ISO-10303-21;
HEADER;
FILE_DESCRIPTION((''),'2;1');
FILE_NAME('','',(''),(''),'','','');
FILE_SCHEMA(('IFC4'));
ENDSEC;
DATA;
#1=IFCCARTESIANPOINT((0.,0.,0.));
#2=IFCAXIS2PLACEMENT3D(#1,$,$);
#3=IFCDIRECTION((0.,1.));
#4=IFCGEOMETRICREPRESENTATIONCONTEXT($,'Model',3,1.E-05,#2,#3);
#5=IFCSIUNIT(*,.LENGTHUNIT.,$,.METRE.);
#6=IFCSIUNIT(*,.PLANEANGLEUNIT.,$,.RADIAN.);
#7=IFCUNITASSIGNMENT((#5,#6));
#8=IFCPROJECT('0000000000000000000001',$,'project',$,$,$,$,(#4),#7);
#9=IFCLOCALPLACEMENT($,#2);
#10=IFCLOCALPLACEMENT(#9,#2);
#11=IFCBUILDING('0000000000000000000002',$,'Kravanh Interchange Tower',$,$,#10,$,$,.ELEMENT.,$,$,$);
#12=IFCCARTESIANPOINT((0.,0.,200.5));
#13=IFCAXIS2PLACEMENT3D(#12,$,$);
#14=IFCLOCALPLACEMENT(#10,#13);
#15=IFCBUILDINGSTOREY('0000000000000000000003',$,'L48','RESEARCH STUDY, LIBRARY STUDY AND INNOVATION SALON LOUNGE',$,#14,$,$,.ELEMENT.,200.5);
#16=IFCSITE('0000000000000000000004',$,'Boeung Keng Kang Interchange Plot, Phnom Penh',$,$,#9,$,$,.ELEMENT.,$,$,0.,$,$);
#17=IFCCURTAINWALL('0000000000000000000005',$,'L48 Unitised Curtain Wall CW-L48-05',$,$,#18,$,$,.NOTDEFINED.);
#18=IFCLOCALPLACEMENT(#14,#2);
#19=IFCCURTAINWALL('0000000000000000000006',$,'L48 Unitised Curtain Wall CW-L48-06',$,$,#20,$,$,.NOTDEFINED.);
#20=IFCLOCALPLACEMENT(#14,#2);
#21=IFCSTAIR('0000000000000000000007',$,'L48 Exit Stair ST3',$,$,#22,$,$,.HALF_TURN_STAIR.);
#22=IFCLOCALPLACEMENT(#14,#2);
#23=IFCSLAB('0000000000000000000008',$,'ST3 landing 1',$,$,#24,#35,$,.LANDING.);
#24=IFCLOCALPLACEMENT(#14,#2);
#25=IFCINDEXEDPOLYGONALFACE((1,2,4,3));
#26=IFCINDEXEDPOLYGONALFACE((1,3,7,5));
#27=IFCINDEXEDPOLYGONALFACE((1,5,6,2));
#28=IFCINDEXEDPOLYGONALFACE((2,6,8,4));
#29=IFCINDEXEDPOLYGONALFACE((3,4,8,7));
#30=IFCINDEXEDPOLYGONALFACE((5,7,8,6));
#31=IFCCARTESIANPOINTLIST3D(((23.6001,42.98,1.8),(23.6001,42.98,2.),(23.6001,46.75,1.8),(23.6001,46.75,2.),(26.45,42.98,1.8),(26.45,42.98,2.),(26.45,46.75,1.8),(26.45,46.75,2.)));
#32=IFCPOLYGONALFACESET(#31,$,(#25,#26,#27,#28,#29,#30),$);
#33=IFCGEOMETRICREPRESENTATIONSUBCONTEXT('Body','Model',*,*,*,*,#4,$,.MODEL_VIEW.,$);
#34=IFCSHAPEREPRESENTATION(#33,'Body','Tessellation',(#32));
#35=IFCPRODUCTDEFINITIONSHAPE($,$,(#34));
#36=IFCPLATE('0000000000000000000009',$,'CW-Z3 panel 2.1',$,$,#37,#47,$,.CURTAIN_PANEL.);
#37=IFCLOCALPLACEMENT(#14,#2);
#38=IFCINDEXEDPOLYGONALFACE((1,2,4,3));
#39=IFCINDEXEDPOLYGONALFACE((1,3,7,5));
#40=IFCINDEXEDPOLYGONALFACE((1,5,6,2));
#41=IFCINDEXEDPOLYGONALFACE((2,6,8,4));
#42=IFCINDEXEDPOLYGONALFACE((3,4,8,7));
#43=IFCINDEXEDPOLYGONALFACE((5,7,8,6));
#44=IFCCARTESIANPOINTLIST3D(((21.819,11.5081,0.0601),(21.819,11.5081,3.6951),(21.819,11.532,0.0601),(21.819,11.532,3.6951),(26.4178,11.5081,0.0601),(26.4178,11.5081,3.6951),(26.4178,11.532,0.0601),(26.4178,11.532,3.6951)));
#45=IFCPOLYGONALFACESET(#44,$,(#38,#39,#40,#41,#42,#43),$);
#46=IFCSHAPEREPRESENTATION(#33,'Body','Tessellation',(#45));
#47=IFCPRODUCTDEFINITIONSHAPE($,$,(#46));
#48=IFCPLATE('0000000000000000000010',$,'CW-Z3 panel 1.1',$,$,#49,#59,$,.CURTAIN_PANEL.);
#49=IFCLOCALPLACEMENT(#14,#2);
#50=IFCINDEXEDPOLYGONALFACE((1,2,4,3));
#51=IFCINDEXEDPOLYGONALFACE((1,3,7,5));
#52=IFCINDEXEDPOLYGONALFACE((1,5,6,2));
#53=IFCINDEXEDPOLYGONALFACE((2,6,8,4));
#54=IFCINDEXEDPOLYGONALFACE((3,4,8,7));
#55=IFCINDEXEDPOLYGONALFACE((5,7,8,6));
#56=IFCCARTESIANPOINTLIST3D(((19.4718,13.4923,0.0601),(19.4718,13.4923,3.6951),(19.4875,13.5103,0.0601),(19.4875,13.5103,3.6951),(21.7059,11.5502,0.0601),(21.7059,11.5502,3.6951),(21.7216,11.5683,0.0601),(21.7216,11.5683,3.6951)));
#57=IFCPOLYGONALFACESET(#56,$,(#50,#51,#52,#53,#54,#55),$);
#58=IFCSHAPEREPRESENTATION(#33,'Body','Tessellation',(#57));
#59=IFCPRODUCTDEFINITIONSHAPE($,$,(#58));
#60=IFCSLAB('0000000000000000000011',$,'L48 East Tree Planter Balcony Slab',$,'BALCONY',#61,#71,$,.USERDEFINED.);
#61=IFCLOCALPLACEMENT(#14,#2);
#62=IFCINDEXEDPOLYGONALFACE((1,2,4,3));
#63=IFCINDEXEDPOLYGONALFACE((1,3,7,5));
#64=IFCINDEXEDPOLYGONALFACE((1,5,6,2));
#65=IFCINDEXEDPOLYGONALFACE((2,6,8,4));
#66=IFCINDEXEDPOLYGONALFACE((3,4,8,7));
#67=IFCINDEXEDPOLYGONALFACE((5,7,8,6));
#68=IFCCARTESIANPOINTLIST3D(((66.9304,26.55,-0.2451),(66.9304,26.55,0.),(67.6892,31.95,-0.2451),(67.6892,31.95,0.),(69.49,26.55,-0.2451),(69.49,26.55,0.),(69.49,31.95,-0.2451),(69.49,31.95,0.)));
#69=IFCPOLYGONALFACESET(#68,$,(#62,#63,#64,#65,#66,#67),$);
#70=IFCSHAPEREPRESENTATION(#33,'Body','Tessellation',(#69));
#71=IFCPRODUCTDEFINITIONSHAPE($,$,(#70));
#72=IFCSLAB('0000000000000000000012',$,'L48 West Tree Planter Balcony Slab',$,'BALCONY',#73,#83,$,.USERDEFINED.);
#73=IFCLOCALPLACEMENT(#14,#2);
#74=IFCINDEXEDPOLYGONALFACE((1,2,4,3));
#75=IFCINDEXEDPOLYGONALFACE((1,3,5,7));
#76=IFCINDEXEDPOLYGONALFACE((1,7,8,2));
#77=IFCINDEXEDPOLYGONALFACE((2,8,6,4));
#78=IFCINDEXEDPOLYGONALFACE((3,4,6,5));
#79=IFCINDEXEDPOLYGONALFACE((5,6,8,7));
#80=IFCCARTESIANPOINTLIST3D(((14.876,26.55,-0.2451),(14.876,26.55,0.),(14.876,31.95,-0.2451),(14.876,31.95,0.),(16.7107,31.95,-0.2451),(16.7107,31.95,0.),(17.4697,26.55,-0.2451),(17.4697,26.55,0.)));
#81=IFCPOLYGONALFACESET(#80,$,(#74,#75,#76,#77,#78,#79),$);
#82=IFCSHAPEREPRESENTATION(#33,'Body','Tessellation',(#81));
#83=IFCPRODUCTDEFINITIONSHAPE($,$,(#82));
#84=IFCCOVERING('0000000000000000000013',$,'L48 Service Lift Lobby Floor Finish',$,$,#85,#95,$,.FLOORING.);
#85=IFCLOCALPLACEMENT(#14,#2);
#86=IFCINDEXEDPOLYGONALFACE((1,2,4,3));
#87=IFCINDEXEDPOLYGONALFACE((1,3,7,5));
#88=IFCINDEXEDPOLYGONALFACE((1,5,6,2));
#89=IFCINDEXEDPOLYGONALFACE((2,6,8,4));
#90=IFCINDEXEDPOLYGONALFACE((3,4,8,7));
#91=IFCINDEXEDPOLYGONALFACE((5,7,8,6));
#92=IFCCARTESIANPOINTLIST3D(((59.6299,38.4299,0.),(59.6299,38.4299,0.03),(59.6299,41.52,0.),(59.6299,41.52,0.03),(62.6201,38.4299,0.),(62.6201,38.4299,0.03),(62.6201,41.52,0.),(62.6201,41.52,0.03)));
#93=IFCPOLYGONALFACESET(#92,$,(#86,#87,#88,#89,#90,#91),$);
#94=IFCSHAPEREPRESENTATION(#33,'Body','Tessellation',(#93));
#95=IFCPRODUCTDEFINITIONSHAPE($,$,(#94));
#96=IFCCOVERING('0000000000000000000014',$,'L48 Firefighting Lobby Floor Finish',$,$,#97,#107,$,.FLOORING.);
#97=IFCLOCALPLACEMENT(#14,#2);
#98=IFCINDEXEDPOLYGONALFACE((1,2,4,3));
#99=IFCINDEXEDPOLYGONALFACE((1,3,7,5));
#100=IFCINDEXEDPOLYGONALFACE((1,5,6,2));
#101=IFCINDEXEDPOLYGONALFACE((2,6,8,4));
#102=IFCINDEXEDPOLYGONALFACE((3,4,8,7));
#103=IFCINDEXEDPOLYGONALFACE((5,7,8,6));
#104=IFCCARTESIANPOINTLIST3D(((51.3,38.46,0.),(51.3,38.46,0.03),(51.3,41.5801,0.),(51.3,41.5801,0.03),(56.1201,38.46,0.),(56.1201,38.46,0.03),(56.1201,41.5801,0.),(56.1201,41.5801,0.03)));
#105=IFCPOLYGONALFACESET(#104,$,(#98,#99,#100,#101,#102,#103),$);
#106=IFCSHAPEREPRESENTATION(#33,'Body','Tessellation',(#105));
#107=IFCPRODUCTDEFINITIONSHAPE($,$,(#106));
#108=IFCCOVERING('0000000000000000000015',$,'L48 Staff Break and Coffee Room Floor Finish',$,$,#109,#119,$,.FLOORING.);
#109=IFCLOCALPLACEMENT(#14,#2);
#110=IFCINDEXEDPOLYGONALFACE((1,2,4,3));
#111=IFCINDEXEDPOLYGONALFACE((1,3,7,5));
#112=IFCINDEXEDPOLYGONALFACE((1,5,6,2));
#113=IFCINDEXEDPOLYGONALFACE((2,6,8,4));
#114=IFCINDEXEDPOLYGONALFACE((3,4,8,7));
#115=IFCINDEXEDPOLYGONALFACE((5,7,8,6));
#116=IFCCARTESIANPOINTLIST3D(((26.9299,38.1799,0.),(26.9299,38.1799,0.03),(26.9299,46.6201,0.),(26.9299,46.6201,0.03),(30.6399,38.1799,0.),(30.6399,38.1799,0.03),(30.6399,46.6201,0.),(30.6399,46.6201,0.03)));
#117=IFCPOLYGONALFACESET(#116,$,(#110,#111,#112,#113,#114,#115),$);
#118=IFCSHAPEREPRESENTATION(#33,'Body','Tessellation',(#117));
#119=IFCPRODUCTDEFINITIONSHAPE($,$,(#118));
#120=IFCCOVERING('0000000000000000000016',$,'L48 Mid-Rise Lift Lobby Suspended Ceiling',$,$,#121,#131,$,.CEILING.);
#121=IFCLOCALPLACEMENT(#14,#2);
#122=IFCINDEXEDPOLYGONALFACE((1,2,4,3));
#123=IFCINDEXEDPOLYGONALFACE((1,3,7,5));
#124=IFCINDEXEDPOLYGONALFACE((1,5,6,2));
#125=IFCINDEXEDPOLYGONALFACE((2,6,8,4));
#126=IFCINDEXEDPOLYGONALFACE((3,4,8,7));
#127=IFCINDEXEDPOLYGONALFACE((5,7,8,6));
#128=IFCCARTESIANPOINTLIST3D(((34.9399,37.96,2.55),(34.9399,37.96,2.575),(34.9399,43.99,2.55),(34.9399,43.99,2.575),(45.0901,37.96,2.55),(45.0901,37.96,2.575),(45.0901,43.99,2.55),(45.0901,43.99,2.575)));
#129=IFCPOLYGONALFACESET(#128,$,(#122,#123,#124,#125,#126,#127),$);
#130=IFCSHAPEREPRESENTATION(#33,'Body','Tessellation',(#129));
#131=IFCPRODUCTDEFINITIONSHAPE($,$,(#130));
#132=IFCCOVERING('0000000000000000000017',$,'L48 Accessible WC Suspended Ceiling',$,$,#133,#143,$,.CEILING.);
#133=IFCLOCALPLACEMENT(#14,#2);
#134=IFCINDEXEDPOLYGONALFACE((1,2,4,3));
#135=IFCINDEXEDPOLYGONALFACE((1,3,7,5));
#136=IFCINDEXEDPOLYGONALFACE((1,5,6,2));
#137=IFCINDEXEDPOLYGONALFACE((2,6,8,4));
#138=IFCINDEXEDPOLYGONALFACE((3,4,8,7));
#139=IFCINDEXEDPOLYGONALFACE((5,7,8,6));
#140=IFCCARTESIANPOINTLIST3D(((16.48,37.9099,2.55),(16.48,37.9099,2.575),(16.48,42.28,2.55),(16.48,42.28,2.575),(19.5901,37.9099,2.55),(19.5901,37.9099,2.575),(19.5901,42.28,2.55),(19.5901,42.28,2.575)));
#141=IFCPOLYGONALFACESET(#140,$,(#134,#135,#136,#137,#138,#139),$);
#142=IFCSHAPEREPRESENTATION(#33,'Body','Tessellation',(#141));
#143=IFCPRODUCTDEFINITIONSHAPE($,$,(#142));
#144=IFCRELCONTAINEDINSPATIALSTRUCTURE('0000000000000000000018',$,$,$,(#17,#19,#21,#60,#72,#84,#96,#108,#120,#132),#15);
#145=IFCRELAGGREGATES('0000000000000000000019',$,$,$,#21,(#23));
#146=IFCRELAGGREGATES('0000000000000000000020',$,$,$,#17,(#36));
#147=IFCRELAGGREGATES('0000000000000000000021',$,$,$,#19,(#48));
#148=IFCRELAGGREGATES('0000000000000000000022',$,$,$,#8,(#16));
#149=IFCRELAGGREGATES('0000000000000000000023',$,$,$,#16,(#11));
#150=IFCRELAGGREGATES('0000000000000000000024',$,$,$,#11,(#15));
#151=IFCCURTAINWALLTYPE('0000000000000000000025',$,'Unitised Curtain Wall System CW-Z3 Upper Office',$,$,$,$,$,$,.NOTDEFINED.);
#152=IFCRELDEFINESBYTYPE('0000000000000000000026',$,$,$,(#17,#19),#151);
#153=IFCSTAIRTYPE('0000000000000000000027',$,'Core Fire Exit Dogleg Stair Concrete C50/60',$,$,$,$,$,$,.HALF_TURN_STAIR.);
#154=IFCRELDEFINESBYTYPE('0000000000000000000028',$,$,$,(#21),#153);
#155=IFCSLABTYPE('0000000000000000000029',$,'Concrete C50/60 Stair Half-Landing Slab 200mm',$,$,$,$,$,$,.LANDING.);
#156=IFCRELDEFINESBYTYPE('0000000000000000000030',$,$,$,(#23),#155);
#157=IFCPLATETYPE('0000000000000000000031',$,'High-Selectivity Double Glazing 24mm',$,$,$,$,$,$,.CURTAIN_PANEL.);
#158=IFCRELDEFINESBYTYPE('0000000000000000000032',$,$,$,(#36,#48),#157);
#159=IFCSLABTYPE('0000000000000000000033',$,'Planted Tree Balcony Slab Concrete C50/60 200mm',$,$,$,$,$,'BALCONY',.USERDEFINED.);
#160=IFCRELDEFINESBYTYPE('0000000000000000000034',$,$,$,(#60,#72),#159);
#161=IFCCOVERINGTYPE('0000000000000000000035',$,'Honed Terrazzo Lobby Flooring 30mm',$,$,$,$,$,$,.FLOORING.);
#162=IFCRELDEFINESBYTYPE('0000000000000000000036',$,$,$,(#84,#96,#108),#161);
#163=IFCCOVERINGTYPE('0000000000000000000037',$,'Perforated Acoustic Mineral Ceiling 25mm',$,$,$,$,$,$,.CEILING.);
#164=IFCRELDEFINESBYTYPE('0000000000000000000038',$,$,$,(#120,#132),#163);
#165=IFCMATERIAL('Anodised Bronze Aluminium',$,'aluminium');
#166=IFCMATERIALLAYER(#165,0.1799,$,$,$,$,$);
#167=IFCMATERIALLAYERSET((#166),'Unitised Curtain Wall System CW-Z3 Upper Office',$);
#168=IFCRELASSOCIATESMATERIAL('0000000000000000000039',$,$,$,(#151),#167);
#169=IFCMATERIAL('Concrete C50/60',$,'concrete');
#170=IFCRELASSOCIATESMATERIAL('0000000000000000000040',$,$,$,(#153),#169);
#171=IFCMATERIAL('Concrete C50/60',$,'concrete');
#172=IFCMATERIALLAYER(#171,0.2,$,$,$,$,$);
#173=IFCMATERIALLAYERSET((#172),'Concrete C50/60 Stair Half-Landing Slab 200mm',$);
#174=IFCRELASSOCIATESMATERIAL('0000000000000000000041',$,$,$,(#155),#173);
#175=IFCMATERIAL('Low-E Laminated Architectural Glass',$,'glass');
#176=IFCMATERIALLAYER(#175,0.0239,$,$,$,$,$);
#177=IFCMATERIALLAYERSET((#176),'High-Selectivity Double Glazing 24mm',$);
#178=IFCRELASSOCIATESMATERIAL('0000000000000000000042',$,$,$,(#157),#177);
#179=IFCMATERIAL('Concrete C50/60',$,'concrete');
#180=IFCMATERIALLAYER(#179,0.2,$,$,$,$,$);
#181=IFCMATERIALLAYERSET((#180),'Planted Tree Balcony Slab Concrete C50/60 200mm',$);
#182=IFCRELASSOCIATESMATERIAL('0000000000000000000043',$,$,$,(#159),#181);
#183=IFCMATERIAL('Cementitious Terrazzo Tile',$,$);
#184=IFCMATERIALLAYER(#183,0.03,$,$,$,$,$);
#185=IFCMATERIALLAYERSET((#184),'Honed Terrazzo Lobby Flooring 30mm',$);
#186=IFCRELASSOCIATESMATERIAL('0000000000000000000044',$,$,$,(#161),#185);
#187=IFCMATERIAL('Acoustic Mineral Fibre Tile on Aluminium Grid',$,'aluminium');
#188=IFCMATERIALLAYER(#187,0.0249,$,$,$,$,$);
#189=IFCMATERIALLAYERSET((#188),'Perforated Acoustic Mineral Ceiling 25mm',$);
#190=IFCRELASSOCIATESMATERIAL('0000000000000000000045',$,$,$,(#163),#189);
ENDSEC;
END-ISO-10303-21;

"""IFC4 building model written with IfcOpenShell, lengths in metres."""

from ifc_helpers import new_model, si_unit, direction, frame, origin, origin_2d, place, context, subcontext, project, spatial, polyline, rectangle, outline, extrude, material, layer, layer_set, type_object, element, aggregate, save


model = new_model("IFC4")

# Units and contexts
model_context = context("Model", 3, precision=1e-05, world=origin(), true_north=direction((0.0, 1.0)))
body_context = subcontext(model_context, "Body", "Model", "MODEL_VIEW")
ifc_project = project(units=[si_unit("LENGTHUNIT", "METRE"), si_unit("PLANEANGLEUNIT", "RADIAN")], contexts=[model_context])

# Site, building, storey
site_placement = place(None, origin())
site = spatial("IfcSite", under=ifc_project, at=site_placement, Name="Boeung Keng Kang Interchange Plot, Phnom Penh", CompositionType="ELEMENT", RefElevation=0.0)
building_placement = place(site_placement, origin())
building = spatial("IfcBuilding", under=site, at=building_placement, Name="Kravanh Interchange Tower", CompositionType="ELEMENT")
storey_placement = place(building_placement, frame((0.0, 0.0, 200.5)))
storey = spatial("IfcBuildingStorey", under=building, at=storey_placement, Name="L48", Description="RESEARCH STUDY, LIBRARY STUDY AND INNOVATION SALON LOUNGE", CompositionType="ELEMENT", Elevation=200.5)

# Curtain walls
ifc_material_1 = material(Name="Anodised Bronze Aluminium", Category="aluminium")
ifc_layer_1 = layer(ifc_material_1, 0.1799)
ifc_layer_set_1 = layer_set([ifc_layer_1], Name="Unitised Curtain Wall System CW-Z3 Upper Office")
curtain_wall_type = type_object("IfcCurtainWallType", Name="Unitised Curtain Wall System CW-Z3 Upper Office", PredefinedType="NOTDEFINED", material=ifc_layer_set_1)
curtain_wall_1_placement = place(storey_placement, origin())
curtain_wall_1 = element("IfcCurtainWall", 1, at=curtain_wall_1_placement, inside=storey, type_object=curtain_wall_type, Name="L48 Unitised Curtain Wall CW-L48-05", PredefinedType="NOTDEFINED")
curtain_wall_2_placement = place(storey_placement, origin())
curtain_wall_2 = element("IfcCurtainWall", 2, at=curtain_wall_2_placement, inside=storey, type_object=curtain_wall_type, Name="L48 Unitised Curtain Wall CW-L48-06", PredefinedType="NOTDEFINED")

# Stair, slab
ifc_material_2 = material(Name="Concrete C50/60", Category="concrete")
stair_type = type_object("IfcStairType", Name="Core Fire Exit Dogleg Stair Concrete C50/60", PredefinedType="HALF_TURN_STAIR", material=ifc_material_2)
ifc_material_3 = material(Name="Concrete C50/60", Category="concrete")
ifc_layer_2 = layer(ifc_material_3, 0.2)
ifc_layer_set_2 = layer_set([ifc_layer_2], Name="Concrete C50/60 Stair Half-Landing Slab 200mm")
slab_type_1 = type_object("IfcSlabType", Name="Concrete C50/60 Stair Half-Landing Slab 200mm", PredefinedType="LANDING", material=ifc_layer_set_2)
stair_1_placement = place(storey_placement, origin())
stair_1 = element("IfcStair", 3, at=stair_1_placement, inside=storey, type_object=stair_type, Name="L48 Exit Stair ST3", PredefinedType="HALF_TURN_STAIR")
slab_1_placement = place(storey_placement, frame((0.0, 0.0, 1.8)))
slab_1 = element("IfcSlab", 4, at=slab_1_placement, type_object=slab_type_1, Name="ST3 landing 1", PredefinedType="LANDING", context=body_context, shape_type="SweptSolid", body=[
    extrude(outline(polyline([(26.45, 42.98), (26.45, 46.75), (23.6001, 46.75), (23.6001, 42.98), (26.45, 42.98)])), origin(), (0.0, 0.0, 1.0), 0.2),
])
aggregate(stair_1, [slab_1])

# Plates
ifc_material_4 = material(Name="Low-E Laminated Architectural Glass", Category="glass")
ifc_layer_3 = layer(ifc_material_4, 0.0239)
ifc_layer_set_3 = layer_set([ifc_layer_3], Name="High-Selectivity Double Glazing 24mm")
plate_type = type_object("IfcPlateType", Name="High-Selectivity Double Glazing 24mm", PredefinedType="CURTAIN_PANEL", material=ifc_layer_set_3)
plate_1_placement = place(storey_placement, frame((24.1184, 11.52, 0.0601), z_axis=(0.0, 0.0, 1.0), x_axis=(-1.0, 0.0, 0.0)))
plate_1 = element("IfcPlate", 5, at=plate_1_placement, type_object=plate_type, Name="CW-Z3 panel 2.1", PredefinedType="CURTAIN_PANEL", context=body_context, shape_type="SweptSolid", body=[
    extrude(rectangle(XDim=4.5989, YDim=0.0239, at=origin_2d()), origin(), (0.0, 0.0, 1.0), 3.635),
])
aggregate(curtain_wall_1, [plate_1])
plate_2_placement = place(storey_placement, frame((20.5967, 12.5303, 0.0601), z_axis=(0.0, 0.0, 1.0), x_axis=(-0.754717, 0.656051, 0.0)))
plate_2 = element("IfcPlate", 6, at=plate_2_placement, type_object=plate_type, Name="CW-Z3 panel 1.1", PredefinedType="CURTAIN_PANEL", context=body_context, shape_type="SweptSolid", body=[
    extrude(rectangle(XDim=2.9602, YDim=0.0239, at=origin_2d()), origin(), (0.0, 0.0, 1.0), 3.635),
])
aggregate(curtain_wall_2, [plate_2])

# Slabs
ifc_material_5 = material(Name="Concrete C50/60", Category="concrete")
ifc_layer_4 = layer(ifc_material_5, 0.2)
ifc_layer_set_4 = layer_set([ifc_layer_4], Name="Planted Tree Balcony Slab Concrete C50/60 200mm")
slab_type_2 = type_object("IfcSlabType", Name="Planted Tree Balcony Slab Concrete C50/60 200mm", ElementType="BALCONY", PredefinedType="USERDEFINED", material=ifc_layer_set_4)
slab_2_placement = place(storey_placement, frame((0.0, 0.0, -0.2451)))
element("IfcSlab", 7, at=slab_2_placement, inside=storey, type_object=slab_type_2, Name="L48 East Tree Planter Balcony Slab", ObjectType="BALCONY", PredefinedType="USERDEFINED", context=body_context, shape_type="SweptSolid", body=[
    extrude(outline(polyline([(69.49, 31.95), (69.49, 26.55), (66.9304, 26.55), (67.6892, 31.95), (69.49, 31.95)])), origin(), (0.0, 0.0, 1.0), 0.2451),
])
slab_3_placement = place(storey_placement, frame((0.0, 0.0, -0.2451)))
element("IfcSlab", 8, at=slab_3_placement, inside=storey, type_object=slab_type_2, Name="L48 West Tree Planter Balcony Slab", ObjectType="BALCONY", PredefinedType="USERDEFINED", context=body_context, shape_type="SweptSolid", body=[
    extrude(outline(polyline([(14.876, 26.55), (14.876, 31.95), (16.7107, 31.95), (17.4697, 26.55), (14.876, 26.55)])), origin(), (0.0, 0.0, 1.0), 0.2451),
])

# Coverings
ifc_material_6 = material(Name="Cementitious Terrazzo Tile")
ifc_layer_5 = layer(ifc_material_6, 0.03)
ifc_layer_set_5 = layer_set([ifc_layer_5], Name="Honed Terrazzo Lobby Flooring 30mm")
covering_type_1 = type_object("IfcCoveringType", Name="Honed Terrazzo Lobby Flooring 30mm", PredefinedType="FLOORING", material=ifc_layer_set_5)
covering_1_placement = place(storey_placement, origin())
element("IfcCovering", 9, at=covering_1_placement, inside=storey, type_object=covering_type_1, Name="L48 Service Lift Lobby Floor Finish", PredefinedType="FLOORING", context=body_context, shape_type="SweptSolid", body=[
    extrude(outline(polyline([(59.6299, 41.52), (62.6201, 41.52), (62.6201, 38.4299), (59.6299, 38.4299), (59.6299, 41.52)])), origin(), (0.0, 0.0, 1.0), 0.03),
])
covering_2_placement = place(storey_placement, origin())
element("IfcCovering", 10, at=covering_2_placement, inside=storey, type_object=covering_type_1, Name="L48 Firefighting Lobby Floor Finish", PredefinedType="FLOORING", context=body_context, shape_type="SweptSolid", body=[
    extrude(outline(polyline([(56.1201, 38.46), (51.3, 38.46), (51.3, 41.5801), (56.1201, 41.5801), (56.1201, 38.46)])), origin(), (0.0, 0.0, 1.0), 0.03),
])
covering_3_placement = place(storey_placement, origin())
element("IfcCovering", 11, at=covering_3_placement, inside=storey, type_object=covering_type_1, Name="L48 Staff Break and Coffee Room Floor Finish", PredefinedType="FLOORING", context=body_context, shape_type="SweptSolid", body=[
    extrude(outline(polyline([(26.9299, 46.6201), (30.6399, 46.6201), (30.6399, 38.1799), (26.9299, 38.1799), (26.9299, 46.6201)])), origin(), (0.0, 0.0, 1.0), 0.03),
])
ifc_material_7 = material(Name="Acoustic Mineral Fibre Tile on Aluminium Grid", Category="aluminium")
ifc_layer_6 = layer(ifc_material_7, 0.0249)
ifc_layer_set_6 = layer_set([ifc_layer_6], Name="Perforated Acoustic Mineral Ceiling 25mm")
covering_type_2 = type_object("IfcCoveringType", Name="Perforated Acoustic Mineral Ceiling 25mm", PredefinedType="CEILING", material=ifc_layer_set_6)
covering_4_placement = place(storey_placement, frame((0.0, 0.0, 2.55)))
element("IfcCovering", 12, at=covering_4_placement, inside=storey, type_object=covering_type_2, Name="L48 Mid-Rise Lift Lobby Suspended Ceiling", PredefinedType="CEILING", context=body_context, shape_type="SweptSolid", body=[
    extrude(outline(polyline([(45.0901, 37.96), (34.9399, 37.96), (34.9399, 43.99), (45.0901, 43.99), (45.0901, 37.96)])), origin(), (0.0, 0.0, 1.0), 0.0249),
])
covering_5_placement = place(storey_placement, frame((0.0, 0.0, 2.55)))
element("IfcCovering", 13, at=covering_5_placement, inside=storey, type_object=covering_type_2, Name="L48 Accessible WC Suspended Ceiling", PredefinedType="CEILING", context=body_context, shape_type="SweptSolid", body=[
    extrude(outline(polyline([(19.5901, 42.28), (19.5901, 37.9099), (16.48, 37.9099), (16.48, 42.28), (19.5901, 42.28)])), origin(), (0.0, 0.0, 1.0), 0.0249),
])

save(model, "model.ifc")
